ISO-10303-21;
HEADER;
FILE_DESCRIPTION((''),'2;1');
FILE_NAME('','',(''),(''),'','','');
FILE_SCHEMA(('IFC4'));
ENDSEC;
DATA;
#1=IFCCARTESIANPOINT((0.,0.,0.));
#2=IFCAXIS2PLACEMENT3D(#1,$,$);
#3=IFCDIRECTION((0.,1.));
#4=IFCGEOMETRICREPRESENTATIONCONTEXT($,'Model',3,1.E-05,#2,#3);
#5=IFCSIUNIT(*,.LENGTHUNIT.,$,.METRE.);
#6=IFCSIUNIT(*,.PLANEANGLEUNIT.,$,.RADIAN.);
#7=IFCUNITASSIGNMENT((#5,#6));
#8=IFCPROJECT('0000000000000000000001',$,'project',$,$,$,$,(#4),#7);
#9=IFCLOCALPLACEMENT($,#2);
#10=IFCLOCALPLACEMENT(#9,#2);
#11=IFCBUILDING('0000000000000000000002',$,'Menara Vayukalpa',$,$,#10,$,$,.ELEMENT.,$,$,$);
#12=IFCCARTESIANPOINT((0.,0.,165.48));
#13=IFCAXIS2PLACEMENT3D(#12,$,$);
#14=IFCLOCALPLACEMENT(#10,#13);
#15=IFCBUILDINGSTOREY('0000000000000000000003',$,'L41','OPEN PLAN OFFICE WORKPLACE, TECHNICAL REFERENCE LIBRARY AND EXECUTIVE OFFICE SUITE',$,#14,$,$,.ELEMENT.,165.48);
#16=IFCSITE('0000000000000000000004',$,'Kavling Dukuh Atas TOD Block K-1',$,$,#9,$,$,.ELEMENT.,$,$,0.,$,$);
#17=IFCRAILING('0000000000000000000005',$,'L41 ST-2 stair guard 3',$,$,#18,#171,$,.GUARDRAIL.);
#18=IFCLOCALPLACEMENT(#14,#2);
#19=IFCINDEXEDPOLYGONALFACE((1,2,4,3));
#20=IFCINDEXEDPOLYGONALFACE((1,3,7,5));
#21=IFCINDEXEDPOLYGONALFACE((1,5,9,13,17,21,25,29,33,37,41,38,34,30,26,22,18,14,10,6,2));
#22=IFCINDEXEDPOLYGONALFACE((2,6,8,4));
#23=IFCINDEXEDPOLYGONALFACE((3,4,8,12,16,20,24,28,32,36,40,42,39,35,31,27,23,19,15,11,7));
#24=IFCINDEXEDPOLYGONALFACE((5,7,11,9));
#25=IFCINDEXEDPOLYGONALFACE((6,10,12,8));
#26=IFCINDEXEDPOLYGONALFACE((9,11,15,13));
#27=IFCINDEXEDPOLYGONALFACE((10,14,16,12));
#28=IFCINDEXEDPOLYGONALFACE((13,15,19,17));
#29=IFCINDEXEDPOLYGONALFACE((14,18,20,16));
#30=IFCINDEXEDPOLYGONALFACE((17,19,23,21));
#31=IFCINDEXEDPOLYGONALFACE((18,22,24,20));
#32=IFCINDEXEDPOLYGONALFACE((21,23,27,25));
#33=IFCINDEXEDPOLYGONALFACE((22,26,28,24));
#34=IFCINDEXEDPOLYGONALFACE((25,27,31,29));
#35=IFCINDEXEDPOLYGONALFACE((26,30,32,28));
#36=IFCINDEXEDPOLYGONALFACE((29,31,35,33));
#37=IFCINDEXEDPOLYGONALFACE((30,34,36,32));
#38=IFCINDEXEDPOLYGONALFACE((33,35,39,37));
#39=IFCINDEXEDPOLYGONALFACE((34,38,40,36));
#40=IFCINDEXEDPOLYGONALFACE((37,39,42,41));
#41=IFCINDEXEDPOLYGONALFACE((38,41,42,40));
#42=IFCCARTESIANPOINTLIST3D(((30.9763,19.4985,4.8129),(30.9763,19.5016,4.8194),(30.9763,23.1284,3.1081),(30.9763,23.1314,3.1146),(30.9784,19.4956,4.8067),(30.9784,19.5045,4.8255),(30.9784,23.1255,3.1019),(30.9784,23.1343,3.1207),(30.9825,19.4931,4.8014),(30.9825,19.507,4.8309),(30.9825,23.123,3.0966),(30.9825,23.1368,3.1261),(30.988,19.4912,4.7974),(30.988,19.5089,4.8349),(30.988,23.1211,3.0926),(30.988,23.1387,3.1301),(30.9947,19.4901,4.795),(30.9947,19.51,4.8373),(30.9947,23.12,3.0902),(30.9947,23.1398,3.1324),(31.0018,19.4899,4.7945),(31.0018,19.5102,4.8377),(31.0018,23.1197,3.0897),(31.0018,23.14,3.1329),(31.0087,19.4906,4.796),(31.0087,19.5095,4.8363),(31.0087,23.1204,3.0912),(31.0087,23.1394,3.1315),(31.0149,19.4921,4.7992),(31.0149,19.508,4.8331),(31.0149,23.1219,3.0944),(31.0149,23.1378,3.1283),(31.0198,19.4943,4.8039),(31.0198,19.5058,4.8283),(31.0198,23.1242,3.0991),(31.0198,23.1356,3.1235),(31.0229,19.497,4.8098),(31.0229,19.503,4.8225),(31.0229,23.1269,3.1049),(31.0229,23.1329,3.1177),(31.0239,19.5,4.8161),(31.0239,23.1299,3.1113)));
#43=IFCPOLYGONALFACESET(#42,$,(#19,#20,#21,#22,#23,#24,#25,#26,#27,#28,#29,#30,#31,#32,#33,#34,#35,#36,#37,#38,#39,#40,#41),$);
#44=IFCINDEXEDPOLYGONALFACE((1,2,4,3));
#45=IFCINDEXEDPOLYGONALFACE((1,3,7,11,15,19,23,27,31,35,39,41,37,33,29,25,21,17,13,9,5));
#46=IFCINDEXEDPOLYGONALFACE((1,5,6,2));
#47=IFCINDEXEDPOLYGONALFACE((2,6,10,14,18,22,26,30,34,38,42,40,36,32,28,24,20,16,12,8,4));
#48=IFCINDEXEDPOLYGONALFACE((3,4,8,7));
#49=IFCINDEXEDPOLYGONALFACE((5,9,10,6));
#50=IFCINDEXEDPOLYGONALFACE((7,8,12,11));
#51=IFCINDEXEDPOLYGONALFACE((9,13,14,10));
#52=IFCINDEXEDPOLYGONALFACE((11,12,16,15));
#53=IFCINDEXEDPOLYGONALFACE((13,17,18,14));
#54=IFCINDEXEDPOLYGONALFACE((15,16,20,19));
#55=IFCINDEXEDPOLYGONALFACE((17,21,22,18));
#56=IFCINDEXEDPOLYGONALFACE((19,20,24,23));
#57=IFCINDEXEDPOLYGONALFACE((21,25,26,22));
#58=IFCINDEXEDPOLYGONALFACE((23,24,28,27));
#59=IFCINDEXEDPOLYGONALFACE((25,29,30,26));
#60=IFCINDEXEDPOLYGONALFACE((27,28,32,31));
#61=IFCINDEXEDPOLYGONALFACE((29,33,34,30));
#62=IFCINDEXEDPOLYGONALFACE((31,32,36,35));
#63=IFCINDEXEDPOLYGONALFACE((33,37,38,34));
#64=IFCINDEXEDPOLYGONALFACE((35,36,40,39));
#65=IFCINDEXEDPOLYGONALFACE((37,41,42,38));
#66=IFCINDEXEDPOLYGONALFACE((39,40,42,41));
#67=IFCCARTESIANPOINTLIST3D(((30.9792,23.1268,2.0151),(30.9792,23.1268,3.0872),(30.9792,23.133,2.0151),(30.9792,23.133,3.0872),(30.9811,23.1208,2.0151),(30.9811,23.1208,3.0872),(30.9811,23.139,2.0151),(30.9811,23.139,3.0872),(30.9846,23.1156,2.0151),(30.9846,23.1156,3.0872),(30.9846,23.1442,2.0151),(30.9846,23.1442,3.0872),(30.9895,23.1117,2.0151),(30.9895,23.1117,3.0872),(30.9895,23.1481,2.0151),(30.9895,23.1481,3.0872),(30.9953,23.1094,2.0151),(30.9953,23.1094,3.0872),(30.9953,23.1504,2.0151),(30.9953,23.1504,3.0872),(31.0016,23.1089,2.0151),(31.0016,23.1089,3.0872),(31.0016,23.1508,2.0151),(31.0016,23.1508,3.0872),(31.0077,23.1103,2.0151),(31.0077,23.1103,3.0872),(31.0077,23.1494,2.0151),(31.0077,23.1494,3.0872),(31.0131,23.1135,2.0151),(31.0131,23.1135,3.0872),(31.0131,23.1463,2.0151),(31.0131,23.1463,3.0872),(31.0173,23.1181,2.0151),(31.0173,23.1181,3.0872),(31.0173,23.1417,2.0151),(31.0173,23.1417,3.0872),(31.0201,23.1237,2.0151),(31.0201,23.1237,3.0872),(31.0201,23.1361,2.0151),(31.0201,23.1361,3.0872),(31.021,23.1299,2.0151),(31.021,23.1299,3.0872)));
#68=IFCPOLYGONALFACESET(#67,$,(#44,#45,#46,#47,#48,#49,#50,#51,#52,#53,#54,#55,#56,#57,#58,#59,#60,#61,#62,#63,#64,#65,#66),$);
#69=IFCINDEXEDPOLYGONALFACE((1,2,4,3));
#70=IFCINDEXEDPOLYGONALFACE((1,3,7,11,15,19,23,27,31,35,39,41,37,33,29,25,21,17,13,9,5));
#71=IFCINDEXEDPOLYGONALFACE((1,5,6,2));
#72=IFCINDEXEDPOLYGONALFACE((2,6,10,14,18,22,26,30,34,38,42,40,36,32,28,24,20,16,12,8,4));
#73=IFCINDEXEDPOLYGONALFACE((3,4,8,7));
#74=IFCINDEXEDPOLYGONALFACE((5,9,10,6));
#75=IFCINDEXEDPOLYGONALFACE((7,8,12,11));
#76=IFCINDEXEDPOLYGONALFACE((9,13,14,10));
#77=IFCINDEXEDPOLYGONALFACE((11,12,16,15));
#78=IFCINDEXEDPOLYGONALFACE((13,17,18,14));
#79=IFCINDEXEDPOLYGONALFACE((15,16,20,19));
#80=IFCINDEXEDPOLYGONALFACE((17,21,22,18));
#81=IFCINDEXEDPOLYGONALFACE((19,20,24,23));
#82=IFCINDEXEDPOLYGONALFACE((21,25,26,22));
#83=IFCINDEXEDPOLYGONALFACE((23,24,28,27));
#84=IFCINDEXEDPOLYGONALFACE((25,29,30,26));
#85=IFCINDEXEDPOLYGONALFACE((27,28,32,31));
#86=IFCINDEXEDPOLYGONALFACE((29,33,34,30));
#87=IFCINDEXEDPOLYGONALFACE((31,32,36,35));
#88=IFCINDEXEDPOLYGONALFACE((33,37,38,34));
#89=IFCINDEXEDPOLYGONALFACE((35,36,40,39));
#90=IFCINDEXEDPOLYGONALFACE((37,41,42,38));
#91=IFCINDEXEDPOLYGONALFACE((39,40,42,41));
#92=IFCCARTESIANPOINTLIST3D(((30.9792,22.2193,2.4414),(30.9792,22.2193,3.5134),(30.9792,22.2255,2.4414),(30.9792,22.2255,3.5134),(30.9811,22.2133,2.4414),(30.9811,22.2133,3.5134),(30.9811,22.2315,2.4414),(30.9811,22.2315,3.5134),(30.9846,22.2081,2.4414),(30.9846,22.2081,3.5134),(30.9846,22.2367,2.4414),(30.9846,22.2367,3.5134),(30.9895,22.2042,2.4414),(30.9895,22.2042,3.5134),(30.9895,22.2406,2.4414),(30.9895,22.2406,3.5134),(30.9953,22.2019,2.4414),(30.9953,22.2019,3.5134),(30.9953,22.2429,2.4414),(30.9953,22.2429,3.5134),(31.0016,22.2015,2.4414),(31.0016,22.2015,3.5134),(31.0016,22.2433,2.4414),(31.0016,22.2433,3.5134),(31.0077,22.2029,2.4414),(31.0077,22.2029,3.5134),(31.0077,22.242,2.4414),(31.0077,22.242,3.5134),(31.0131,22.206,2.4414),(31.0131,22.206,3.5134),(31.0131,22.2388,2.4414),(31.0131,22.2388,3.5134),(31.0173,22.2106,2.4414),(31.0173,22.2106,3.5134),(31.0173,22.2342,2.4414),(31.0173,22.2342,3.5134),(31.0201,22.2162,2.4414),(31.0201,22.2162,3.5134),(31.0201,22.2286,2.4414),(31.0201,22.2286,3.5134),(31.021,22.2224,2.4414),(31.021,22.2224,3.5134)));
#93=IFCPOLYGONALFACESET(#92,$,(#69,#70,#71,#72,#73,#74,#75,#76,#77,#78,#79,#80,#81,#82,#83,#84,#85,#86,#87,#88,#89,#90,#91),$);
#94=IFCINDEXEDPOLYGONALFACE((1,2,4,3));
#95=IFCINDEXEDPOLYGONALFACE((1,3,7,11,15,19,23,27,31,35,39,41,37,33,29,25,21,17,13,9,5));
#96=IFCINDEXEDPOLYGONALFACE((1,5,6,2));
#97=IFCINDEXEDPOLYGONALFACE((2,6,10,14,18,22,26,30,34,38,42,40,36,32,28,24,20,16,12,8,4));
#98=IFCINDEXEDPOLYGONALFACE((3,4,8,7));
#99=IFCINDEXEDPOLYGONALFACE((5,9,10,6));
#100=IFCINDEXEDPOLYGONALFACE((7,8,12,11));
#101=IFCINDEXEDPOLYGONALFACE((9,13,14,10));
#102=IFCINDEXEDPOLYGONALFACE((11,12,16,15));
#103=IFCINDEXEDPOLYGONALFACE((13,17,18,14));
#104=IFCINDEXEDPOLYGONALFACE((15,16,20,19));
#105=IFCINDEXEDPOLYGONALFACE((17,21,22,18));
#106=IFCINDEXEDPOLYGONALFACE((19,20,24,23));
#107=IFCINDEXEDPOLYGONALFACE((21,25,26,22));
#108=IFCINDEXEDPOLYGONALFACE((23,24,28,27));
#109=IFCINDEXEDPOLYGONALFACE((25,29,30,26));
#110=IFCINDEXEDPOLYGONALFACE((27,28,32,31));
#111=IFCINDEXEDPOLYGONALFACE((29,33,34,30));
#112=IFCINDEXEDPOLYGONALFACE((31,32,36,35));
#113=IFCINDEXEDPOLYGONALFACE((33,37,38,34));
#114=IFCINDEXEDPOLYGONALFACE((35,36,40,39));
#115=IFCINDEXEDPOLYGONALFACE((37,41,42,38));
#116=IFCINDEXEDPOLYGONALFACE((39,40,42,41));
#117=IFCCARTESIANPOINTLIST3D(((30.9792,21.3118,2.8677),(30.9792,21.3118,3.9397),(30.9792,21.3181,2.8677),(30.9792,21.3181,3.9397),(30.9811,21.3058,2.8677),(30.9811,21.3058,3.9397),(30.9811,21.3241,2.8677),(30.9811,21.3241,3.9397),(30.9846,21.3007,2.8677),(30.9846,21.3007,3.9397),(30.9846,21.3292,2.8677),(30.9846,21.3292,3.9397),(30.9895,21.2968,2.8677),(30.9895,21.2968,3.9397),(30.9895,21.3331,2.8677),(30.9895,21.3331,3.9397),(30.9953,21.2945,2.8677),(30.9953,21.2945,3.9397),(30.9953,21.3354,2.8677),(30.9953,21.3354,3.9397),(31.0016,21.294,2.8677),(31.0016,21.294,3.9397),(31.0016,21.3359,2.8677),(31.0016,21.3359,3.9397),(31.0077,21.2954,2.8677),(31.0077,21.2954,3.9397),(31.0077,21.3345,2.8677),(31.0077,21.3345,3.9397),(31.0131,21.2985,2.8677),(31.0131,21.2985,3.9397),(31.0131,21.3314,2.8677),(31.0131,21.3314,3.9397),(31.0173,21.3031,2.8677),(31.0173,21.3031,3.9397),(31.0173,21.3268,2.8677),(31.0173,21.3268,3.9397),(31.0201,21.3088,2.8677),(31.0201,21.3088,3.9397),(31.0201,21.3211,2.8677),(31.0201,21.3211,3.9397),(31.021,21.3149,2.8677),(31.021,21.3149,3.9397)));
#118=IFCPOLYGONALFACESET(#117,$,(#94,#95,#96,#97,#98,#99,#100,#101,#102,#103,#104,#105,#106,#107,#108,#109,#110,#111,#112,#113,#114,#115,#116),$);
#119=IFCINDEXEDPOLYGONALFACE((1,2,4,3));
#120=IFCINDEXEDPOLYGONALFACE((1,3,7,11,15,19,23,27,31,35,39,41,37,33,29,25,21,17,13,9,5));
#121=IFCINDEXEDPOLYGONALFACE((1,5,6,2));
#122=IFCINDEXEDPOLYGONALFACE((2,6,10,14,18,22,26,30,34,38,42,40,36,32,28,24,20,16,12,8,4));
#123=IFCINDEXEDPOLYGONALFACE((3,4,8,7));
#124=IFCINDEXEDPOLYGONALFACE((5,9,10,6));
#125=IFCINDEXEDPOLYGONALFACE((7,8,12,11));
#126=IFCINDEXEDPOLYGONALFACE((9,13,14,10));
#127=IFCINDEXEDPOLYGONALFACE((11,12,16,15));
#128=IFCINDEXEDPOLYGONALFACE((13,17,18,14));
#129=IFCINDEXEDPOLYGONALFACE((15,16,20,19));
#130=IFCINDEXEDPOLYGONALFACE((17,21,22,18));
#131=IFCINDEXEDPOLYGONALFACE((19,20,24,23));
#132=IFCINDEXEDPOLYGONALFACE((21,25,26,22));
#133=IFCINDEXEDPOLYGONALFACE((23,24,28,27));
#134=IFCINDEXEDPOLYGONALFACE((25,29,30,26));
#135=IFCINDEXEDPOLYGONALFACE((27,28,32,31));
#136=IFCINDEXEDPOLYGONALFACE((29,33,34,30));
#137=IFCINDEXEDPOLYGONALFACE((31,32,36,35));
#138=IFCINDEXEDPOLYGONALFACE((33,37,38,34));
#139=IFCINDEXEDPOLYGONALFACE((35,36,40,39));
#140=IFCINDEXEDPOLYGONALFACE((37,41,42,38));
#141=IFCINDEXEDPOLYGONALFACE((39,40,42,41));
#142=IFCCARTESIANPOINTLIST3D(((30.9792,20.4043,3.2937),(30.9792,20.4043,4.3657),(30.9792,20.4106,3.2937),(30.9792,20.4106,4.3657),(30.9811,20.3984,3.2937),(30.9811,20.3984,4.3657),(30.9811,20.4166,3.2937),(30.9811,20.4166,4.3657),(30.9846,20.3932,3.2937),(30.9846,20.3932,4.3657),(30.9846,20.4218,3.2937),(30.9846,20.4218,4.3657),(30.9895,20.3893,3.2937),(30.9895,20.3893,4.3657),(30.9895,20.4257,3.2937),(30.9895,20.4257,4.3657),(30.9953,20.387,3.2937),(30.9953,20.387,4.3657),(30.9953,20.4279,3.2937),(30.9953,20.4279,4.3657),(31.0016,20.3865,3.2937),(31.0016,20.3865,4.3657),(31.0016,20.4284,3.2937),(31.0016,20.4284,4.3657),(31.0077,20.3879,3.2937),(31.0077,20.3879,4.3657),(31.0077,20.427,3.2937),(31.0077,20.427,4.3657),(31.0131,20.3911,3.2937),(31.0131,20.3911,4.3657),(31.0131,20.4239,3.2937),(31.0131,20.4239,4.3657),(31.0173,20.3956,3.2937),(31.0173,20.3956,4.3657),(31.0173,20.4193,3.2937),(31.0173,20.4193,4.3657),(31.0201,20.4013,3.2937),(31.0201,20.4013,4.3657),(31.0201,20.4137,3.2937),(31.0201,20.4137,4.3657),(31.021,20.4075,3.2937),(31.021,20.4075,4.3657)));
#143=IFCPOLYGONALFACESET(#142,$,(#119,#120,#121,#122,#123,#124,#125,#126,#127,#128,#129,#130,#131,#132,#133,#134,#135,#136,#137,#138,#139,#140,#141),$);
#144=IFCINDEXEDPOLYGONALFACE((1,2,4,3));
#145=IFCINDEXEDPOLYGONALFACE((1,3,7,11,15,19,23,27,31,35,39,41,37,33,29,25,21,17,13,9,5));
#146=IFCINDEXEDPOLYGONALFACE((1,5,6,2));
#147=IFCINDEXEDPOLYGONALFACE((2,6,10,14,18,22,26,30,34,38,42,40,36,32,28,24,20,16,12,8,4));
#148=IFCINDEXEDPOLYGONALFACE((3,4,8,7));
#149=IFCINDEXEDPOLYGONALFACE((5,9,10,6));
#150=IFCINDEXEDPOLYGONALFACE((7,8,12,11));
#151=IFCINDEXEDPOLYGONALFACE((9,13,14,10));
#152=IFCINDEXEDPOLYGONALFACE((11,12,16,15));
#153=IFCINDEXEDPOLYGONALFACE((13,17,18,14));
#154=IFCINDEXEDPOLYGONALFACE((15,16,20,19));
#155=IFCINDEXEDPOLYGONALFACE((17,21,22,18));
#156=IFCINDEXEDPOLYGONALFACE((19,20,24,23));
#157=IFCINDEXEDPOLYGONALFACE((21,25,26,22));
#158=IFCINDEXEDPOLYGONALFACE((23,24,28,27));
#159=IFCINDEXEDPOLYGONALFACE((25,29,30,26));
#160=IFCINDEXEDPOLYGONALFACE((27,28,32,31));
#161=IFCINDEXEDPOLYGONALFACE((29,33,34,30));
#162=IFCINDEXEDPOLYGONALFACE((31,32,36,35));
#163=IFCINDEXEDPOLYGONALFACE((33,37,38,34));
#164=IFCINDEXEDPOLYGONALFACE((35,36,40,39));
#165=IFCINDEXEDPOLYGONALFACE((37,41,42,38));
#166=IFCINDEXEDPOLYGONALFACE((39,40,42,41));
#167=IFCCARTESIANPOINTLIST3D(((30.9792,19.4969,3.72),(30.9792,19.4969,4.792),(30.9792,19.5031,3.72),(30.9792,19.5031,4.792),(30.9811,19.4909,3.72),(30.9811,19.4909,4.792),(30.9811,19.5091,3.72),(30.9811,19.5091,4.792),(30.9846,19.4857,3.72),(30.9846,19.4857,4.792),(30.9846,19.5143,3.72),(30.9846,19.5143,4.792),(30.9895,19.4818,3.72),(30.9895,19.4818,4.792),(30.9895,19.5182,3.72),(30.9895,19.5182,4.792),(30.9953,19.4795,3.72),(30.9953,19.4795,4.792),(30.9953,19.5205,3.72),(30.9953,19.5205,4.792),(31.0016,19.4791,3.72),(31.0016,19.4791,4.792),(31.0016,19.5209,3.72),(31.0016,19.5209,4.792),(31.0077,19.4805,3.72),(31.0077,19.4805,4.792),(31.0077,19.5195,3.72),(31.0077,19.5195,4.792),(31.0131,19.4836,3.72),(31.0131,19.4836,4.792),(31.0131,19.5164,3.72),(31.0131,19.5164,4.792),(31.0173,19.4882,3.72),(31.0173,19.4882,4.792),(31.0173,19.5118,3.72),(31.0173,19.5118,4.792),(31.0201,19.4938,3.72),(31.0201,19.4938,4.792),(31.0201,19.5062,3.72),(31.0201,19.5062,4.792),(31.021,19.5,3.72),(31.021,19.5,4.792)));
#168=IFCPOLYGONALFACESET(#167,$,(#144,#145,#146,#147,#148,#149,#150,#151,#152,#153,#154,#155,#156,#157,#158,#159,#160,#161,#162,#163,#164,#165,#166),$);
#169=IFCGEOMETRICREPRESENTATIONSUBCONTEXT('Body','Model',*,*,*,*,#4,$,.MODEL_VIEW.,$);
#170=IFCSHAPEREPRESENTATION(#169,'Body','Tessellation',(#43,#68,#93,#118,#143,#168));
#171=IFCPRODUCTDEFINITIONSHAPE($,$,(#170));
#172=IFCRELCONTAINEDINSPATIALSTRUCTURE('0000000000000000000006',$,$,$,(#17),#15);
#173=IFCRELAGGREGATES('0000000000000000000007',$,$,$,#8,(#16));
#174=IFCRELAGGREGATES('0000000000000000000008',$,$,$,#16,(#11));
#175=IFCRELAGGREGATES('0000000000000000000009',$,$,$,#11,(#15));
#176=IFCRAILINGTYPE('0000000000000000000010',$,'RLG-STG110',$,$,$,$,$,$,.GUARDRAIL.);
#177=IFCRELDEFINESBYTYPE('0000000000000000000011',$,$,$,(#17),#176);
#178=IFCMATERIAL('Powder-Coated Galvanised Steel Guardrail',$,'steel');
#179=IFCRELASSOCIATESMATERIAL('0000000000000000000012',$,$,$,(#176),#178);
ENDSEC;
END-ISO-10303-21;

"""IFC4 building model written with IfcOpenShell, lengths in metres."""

from ifc_helpers import new_model, si_unit, direction, frame, origin, origin_2d, place, context, subcontext, project, spatial, circle, extrude, material, type_object, element, save


model = new_model("IFC4")

# Units and contexts
model_context = context("Model", 3, precision=1e-05, world=origin(), true_north=direction((0.0, 1.0)))
body_context = subcontext(model_context, "Body", "Model", "MODEL_VIEW")
ifc_project = project(units=[si_unit("LENGTHUNIT", "METRE"), si_unit("PLANEANGLEUNIT", "RADIAN")], contexts=[model_context])

# Site, building, storey
site_placement = place(None, origin())
site = spatial("IfcSite", under=ifc_project, at=site_placement, Name="Kavling Dukuh Atas TOD Block K-1", CompositionType="ELEMENT", RefElevation=0.0)
building_placement = place(site_placement, origin())
building = spatial("IfcBuilding", under=site, at=building_placement, Name="Menara Vayukalpa", CompositionType="ELEMENT")
storey_placement = place(building_placement, frame((0.0, 0.0, 165.48)))
storey = spatial("IfcBuildingStorey", under=building, at=storey_placement, Name="L41", Description="OPEN PLAN OFFICE WORKPLACE, TECHNICAL REFERENCE LIBRARY AND EXECUTIVE OFFICE SUITE", CompositionType="ELEMENT", Elevation=165.48)

# Railing
ifc_material_1 = material(Name="Powder-Coated Galvanised Steel Guardrail", Category="steel")
railing_type_1 = type_object("IfcRailingType", Name="RLG-STG110", PredefinedType="GUARDRAIL", material=ifc_material_1)
railing_1_placement = place(storey_placement, frame((31.0, 23.1299, 2.0151)))
element("IfcRailing", 1, at=railing_1_placement, inside=storey, type_object=railing_type_1, Name="L41 ST-2 stair guard 3", PredefinedType="GUARDRAIL", context=body_context, shape_type="SweptSolid", body=[
    extrude(circle(Radius=0.0239, at=origin_2d()), frame((0.0, 0.0, 1.0962), z_axis=(0.0, -0.90514, 0.425114), x_axis=(1.0, 0.0, 0.0)), (0.0, 0.0, 1.0), 4.0103),
    extrude(circle(Radius=0.021, at=origin_2d()), origin(), (0.0, 0.0, 1.0), 1.072),
    extrude(circle(Radius=0.021, at=origin_2d()), frame((0.0, -0.9075, 0.4263)), (0.0, 0.0, 1.0), 1.072),
    extrude(circle(Radius=0.021, at=origin_2d()), frame((0.0, -1.8149, 0.8525)), (0.0, 0.0, 1.0), 1.072),
    extrude(circle(Radius=0.021, at=origin_2d()), frame((0.0, -2.7224, 1.2786)), (0.0, 0.0, 1.0), 1.072),
    extrude(circle(Radius=0.021, at=origin_2d()), frame((0.0, -3.6299, 1.7048)), (0.0, 0.0, 1.0), 1.072),
])

save(model, "model.ifc")
